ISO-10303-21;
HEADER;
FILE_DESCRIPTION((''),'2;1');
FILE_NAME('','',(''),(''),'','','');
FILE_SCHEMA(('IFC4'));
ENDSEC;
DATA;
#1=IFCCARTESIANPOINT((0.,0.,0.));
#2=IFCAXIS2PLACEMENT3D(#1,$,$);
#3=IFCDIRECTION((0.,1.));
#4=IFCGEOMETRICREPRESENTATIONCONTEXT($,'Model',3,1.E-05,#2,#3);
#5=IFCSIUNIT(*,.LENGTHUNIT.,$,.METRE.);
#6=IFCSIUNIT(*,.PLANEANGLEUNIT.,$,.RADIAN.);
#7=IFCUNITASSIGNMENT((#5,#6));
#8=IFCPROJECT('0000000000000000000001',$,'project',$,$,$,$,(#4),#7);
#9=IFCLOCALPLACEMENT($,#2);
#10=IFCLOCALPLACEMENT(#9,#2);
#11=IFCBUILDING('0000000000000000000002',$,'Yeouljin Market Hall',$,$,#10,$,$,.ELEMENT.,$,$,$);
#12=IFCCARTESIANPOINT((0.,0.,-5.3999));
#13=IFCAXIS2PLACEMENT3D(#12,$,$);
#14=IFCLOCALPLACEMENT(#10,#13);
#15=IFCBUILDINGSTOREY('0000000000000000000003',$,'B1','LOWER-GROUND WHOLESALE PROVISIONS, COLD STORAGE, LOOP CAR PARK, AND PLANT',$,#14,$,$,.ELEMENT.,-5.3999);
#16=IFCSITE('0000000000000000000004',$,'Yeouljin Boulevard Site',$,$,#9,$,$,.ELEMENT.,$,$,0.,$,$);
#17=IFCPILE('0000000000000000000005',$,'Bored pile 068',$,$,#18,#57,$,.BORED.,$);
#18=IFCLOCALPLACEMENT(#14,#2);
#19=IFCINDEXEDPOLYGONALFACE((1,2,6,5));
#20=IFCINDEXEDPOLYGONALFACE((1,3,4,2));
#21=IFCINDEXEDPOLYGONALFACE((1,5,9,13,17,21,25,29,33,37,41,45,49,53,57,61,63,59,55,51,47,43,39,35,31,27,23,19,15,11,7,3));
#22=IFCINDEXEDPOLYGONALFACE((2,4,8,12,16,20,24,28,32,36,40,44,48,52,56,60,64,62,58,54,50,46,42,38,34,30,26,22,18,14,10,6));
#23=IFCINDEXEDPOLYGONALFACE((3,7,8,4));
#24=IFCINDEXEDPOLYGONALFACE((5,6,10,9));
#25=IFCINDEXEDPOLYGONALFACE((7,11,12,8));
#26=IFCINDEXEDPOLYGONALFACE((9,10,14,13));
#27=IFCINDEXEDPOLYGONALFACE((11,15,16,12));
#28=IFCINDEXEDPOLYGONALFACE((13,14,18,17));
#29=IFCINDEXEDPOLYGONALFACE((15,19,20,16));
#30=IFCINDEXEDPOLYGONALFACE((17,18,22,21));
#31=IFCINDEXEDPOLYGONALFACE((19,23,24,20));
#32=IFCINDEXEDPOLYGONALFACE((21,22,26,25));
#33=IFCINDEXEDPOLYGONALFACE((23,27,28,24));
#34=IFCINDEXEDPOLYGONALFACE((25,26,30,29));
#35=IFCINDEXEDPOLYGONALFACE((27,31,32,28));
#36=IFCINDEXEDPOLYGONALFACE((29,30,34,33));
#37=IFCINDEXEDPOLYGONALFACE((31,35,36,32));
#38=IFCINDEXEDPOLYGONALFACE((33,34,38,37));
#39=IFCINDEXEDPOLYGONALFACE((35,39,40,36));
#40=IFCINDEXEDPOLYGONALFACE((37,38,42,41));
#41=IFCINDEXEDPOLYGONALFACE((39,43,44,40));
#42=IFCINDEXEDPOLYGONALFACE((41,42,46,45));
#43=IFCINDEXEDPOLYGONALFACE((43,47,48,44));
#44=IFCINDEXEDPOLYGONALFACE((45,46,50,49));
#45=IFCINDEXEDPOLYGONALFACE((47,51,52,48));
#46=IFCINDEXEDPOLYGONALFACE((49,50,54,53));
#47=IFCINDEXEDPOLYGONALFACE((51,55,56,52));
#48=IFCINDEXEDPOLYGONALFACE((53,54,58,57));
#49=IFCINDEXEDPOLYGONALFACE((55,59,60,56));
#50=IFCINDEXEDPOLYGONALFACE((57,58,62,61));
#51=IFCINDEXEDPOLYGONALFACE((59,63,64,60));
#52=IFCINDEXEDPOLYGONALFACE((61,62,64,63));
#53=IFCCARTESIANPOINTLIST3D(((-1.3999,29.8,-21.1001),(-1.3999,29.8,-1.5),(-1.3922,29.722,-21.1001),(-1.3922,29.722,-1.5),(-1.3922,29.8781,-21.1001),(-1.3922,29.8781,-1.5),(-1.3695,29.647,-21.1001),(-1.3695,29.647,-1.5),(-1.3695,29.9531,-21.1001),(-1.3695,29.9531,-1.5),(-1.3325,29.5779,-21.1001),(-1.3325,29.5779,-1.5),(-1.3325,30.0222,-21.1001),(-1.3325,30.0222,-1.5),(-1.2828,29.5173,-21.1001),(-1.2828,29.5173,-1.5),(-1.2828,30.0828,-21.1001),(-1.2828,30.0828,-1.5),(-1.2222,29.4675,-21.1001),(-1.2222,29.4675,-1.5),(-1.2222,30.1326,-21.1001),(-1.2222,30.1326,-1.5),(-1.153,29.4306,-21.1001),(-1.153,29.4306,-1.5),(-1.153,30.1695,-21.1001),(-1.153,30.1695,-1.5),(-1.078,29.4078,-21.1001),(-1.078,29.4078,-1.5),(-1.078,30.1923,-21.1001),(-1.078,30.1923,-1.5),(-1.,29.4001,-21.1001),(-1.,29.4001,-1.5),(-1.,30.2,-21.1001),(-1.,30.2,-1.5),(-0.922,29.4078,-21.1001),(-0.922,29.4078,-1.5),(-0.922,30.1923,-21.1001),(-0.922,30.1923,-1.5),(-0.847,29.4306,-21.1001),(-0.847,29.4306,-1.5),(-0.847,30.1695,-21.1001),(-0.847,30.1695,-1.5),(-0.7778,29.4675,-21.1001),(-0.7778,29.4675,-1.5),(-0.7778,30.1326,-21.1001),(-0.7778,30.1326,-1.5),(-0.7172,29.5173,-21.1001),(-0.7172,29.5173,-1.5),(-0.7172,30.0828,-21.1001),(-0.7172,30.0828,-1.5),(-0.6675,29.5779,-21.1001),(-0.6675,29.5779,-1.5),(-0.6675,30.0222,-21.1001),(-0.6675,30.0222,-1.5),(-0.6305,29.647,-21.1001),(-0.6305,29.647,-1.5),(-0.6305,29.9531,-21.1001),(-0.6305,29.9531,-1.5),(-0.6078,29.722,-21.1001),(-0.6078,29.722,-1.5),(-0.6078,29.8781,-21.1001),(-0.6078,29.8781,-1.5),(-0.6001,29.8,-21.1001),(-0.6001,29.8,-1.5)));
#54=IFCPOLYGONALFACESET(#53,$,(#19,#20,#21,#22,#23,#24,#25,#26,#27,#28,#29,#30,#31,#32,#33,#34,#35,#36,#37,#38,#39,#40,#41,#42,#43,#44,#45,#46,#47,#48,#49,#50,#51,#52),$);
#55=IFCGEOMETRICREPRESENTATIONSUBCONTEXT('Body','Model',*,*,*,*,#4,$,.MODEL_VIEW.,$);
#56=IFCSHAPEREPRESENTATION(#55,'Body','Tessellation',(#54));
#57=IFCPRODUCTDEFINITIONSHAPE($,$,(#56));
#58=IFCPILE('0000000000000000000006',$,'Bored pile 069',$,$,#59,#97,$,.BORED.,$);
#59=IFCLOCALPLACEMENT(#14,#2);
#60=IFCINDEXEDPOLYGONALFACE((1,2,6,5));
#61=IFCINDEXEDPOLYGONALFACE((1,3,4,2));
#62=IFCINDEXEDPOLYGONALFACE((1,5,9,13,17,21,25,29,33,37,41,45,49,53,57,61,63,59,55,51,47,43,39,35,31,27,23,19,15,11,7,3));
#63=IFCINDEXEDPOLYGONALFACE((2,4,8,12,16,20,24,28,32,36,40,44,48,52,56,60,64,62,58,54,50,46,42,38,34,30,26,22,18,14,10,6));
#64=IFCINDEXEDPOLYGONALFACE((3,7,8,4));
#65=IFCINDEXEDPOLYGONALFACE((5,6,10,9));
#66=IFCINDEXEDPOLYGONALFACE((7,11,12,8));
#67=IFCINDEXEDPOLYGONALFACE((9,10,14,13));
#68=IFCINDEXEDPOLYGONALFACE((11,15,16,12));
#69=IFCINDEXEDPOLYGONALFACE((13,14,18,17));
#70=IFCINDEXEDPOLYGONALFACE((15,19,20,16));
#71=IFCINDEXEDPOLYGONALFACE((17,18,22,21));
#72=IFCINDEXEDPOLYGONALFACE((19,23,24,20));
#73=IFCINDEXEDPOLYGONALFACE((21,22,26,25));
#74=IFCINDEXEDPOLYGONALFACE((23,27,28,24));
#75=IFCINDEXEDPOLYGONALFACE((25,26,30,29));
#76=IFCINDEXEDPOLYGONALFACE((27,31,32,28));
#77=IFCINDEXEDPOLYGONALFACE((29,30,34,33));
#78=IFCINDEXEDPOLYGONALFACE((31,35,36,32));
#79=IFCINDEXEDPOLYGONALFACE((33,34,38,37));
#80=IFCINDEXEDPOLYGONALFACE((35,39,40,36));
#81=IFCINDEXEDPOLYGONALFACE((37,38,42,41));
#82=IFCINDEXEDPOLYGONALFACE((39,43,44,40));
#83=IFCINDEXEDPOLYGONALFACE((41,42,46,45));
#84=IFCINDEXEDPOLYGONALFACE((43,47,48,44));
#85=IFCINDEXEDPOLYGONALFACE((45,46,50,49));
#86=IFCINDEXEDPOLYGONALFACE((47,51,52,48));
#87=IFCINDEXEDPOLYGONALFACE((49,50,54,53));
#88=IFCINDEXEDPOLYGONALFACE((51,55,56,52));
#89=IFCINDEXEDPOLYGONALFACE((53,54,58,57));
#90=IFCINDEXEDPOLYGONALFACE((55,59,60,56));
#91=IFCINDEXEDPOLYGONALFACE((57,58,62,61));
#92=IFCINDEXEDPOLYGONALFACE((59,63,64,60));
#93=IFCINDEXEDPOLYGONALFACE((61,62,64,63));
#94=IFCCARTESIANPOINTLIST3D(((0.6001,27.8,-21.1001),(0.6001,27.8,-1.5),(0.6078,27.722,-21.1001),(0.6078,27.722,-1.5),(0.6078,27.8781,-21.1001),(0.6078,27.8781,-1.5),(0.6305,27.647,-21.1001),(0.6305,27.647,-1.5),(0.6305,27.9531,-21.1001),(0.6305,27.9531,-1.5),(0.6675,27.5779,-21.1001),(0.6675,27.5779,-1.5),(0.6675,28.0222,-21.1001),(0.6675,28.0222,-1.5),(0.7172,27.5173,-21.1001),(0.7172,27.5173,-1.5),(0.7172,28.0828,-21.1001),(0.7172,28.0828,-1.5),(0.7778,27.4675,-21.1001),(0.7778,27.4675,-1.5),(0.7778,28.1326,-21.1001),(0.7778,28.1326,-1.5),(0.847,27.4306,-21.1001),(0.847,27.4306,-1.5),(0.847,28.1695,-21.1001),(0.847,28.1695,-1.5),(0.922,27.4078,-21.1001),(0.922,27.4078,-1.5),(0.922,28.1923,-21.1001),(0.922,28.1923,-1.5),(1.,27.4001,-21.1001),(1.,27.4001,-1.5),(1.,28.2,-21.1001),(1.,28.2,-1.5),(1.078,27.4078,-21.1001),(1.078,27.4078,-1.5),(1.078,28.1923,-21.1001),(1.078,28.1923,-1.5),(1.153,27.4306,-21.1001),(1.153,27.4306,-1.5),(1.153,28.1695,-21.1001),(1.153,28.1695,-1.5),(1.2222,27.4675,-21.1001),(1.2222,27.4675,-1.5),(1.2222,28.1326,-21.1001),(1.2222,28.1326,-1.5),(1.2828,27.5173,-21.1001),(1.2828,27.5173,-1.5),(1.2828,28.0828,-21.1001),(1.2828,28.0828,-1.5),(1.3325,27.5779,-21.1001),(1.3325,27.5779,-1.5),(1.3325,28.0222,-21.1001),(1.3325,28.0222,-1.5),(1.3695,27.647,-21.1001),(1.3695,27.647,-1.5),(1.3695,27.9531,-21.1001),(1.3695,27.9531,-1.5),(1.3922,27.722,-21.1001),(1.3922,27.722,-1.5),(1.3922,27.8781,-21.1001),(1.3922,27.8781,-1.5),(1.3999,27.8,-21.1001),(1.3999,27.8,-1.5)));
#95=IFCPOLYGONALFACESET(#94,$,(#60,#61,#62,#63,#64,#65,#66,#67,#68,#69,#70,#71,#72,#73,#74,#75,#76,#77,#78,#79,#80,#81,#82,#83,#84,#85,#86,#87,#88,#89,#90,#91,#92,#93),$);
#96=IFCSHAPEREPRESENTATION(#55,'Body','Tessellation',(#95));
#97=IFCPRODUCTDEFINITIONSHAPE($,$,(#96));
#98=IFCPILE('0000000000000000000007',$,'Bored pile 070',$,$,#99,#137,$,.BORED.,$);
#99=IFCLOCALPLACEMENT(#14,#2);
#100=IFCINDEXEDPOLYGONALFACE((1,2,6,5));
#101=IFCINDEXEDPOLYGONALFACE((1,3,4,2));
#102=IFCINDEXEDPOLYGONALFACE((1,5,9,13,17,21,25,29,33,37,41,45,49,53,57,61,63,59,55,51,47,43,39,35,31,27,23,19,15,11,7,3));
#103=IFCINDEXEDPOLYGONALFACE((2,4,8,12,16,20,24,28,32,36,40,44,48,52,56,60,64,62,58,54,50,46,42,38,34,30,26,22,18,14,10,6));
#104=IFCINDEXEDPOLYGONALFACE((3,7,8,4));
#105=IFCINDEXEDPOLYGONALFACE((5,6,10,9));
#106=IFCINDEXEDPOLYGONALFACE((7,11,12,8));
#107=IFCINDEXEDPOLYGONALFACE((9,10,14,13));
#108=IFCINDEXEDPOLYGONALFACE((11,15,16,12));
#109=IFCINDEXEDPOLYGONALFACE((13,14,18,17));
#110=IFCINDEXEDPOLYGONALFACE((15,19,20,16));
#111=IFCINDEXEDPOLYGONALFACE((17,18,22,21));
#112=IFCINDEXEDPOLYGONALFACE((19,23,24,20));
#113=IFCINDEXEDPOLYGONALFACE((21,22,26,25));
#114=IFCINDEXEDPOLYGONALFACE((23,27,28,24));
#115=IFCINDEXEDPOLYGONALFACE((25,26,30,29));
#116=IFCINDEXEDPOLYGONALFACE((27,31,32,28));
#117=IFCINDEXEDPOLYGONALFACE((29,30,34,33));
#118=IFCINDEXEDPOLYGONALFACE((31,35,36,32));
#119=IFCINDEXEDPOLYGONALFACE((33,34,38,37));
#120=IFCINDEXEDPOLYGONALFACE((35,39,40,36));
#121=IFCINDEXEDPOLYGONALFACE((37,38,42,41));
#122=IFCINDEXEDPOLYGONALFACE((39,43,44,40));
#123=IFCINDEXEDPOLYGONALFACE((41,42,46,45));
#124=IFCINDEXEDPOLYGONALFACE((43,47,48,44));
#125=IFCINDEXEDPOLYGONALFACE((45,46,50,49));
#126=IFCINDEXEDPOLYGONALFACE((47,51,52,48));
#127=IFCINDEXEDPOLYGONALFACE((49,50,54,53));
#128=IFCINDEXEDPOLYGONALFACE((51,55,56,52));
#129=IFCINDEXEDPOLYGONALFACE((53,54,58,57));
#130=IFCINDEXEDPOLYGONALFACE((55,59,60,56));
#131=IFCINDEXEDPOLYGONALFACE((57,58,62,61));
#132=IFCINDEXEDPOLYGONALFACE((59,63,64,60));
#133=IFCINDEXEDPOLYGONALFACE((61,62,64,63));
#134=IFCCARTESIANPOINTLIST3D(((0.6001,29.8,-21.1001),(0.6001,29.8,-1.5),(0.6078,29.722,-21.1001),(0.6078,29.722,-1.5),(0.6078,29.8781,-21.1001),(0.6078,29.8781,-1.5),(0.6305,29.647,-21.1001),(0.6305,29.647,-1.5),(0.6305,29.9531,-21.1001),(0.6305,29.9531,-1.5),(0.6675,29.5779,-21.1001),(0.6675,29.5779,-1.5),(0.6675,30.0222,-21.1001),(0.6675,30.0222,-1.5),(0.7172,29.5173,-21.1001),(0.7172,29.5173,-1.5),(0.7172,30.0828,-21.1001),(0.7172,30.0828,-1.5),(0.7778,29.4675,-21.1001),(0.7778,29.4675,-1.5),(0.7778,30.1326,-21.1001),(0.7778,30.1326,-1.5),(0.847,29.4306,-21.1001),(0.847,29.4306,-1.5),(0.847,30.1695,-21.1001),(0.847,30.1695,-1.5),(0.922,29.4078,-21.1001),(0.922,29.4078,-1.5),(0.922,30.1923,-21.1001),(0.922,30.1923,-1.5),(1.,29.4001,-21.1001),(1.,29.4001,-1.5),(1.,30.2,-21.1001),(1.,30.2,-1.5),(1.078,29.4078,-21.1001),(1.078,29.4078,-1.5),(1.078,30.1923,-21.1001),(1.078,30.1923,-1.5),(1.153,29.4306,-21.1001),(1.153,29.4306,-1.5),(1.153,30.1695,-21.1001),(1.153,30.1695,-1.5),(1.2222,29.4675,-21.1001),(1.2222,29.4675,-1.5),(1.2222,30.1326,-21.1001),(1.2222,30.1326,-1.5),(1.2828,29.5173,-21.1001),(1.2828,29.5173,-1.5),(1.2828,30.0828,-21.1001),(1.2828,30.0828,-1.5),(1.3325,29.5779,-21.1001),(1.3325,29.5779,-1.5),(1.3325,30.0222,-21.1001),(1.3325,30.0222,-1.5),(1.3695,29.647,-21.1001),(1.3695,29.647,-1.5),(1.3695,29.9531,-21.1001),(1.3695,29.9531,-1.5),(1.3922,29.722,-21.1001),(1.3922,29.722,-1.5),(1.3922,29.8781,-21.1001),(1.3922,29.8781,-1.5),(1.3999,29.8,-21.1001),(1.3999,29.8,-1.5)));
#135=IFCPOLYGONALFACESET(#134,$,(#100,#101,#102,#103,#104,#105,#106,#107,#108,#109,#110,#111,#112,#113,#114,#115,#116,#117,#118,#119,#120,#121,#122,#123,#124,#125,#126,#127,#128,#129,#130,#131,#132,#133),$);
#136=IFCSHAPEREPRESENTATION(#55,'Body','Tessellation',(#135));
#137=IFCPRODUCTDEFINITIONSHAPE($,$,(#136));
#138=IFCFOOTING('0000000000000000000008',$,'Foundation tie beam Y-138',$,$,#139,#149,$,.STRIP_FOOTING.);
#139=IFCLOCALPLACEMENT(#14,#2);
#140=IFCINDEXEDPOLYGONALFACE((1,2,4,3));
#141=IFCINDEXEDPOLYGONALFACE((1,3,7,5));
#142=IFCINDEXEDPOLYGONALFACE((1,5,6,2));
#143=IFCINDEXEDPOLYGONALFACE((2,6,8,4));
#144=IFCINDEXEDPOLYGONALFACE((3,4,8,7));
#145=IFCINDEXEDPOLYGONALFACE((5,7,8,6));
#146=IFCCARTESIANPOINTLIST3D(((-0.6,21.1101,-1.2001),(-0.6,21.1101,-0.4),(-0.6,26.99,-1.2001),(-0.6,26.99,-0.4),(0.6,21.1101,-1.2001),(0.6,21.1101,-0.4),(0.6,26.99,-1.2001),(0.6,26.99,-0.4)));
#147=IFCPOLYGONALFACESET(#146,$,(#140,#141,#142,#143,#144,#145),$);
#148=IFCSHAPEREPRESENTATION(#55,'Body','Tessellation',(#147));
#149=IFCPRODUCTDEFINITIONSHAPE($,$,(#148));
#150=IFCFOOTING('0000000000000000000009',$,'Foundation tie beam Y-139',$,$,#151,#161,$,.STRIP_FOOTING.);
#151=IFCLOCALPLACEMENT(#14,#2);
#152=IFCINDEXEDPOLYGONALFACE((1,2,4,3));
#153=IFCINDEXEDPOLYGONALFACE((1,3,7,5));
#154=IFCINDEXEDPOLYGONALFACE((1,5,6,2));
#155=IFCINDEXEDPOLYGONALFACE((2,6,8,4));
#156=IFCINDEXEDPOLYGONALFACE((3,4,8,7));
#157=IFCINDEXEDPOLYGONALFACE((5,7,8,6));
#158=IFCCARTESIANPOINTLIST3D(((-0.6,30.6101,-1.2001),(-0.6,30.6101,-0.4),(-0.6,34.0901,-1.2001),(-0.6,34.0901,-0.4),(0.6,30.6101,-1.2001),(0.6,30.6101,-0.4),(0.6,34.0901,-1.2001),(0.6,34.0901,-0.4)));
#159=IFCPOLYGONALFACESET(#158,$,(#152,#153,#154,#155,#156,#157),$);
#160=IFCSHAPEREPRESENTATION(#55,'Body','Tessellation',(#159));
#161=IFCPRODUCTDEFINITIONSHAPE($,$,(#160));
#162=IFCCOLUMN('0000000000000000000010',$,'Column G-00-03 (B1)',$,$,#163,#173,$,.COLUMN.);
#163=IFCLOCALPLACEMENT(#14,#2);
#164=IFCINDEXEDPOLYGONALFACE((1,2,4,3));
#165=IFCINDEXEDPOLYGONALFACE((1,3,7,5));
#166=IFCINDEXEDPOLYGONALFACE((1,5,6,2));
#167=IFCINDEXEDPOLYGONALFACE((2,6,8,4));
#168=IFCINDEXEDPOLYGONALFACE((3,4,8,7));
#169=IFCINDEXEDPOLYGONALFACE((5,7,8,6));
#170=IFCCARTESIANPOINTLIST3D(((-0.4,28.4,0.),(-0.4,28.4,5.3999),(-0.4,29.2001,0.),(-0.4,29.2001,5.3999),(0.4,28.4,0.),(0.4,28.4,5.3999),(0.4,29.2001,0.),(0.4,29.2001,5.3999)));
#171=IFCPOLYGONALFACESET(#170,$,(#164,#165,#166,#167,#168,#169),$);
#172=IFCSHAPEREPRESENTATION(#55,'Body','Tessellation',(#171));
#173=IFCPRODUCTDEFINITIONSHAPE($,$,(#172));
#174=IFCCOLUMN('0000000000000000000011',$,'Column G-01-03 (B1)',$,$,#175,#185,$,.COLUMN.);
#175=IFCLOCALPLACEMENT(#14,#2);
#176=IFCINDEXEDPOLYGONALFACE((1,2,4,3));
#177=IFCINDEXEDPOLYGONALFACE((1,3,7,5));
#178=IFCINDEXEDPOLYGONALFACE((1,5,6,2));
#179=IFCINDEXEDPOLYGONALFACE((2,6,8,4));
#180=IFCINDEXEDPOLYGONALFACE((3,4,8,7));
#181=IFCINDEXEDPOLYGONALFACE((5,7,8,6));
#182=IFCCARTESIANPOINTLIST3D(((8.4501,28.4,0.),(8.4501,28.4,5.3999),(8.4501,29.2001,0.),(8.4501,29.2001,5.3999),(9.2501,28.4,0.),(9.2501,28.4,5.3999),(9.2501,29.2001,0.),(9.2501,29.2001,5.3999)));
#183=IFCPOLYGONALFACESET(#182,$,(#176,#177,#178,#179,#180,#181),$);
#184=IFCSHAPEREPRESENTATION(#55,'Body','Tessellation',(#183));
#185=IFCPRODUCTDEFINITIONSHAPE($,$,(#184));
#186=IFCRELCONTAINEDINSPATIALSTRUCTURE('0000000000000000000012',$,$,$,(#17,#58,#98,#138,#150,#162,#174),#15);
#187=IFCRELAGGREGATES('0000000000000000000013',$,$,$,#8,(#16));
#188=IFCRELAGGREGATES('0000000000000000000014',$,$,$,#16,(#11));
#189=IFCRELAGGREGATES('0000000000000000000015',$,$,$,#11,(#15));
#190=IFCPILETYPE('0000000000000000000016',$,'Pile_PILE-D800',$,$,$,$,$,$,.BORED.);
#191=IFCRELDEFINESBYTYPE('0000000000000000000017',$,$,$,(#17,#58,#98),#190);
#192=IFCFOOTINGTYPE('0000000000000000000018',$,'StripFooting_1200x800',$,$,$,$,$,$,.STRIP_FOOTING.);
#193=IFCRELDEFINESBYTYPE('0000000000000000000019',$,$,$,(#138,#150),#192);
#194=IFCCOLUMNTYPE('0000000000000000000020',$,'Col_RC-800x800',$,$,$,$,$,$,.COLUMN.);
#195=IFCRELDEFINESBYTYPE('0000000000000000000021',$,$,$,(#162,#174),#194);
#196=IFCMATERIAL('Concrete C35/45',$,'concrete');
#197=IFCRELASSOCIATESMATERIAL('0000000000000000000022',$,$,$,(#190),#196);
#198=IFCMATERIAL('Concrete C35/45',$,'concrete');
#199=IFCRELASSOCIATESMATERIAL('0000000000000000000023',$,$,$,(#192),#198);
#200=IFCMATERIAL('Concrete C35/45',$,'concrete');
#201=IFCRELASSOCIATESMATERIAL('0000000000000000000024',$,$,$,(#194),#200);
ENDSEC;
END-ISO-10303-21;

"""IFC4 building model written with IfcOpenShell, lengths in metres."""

from ifc_helpers import new_model, si_unit, direction, frame, origin, origin_2d, place, context, subcontext, project, spatial, rectangle, circle, extrude, material, material_profile, profile_set, type_object, element, save


model = new_model("IFC4")

# Units and contexts
model_context = context("Model", 3, precision=1e-05, world=origin(), true_north=direction((0.0, 1.0)))
body_context = subcontext(model_context, "Body", "Model", "MODEL_VIEW")
ifc_project = project(units=[si_unit("LENGTHUNIT", "METRE"), si_unit("PLANEANGLEUNIT", "RADIAN")], contexts=[model_context])

# Site, building, storey
site_placement = place(None, origin())
site = spatial("IfcSite", under=ifc_project, at=site_placement, Name="Yeouljin Boulevard Site", CompositionType="ELEMENT", RefElevation=0.0)
building_placement = place(site_placement, origin())
building = spatial("IfcBuilding", under=site, at=building_placement, Name="Yeouljin Market Hall", CompositionType="ELEMENT")
storey_placement = place(building_placement, frame((0.0, 0.0, -5.3999)))
storey = spatial("IfcBuildingStorey", under=building, at=storey_placement, Name="B1", Description="LOWER-GROUND WHOLESALE PROVISIONS, COLD STORAGE, LOOP CAR PARK, AND PLANT", CompositionType="ELEMENT", Elevation=-5.3999)

# Piles
ifc_material_1 = material(Name="Concrete C35/45", Category="concrete")
ifc_material_profile_1 = material_profile(ifc_material_1, circle(Radius=0.3999, at=origin_2d()), Name="PILE-D800")
ifc_profile_set_1 = profile_set([ifc_material_profile_1], Name="Concrete C35/45")
pile_type_1 = type_object("IfcPileType", Name="Pile_PILE-D800", PredefinedType="BORED", material=ifc_profile_set_1)
for number, where, z_axis, x_axis, name in (
    (1, (-1.0, 29.8, -1.5), (0.0, 0.0, -1.0), (1.0, 0.0, 0.0), "Bored pile 068"),
    (2, (1.0, 27.8, -1.5), (0.0, 0.0, -1.0), (1.0, 0.0, 0.0), "Bored pile 069"),
    (3, (1.0, 29.8, -1.5), (0.0, 0.0, -1.0), (1.0, 0.0, 0.0), "Bored pile 070"),
):
    element("IfcPile", number, at=place(storey_placement, frame(where, z_axis=z_axis, x_axis=x_axis)), inside=storey, type_object=pile_type_1, Name=name, PredefinedType="BORED", context=body_context, shape_type="SweptSolid", body=[
        extrude(circle(Radius=0.3999, at=origin_2d()), origin(), (0.0, 0.0, 1.0), 19.6001),
    ])

# Footings
ifc_material_2 = material(Name="Concrete C35/45", Category="concrete")
ifc_material_profile_2 = material_profile(ifc_material_2, rectangle(XDim=1.2, YDim=0.8, at=origin_2d()), Name="SF-1200x800")
ifc_profile_set_2 = profile_set([ifc_material_profile_2], Name="Concrete C35/45")
footing_type = type_object("IfcFootingType", Name="StripFooting_1200x800", PredefinedType="STRIP_FOOTING", material=ifc_profile_set_2)
footing_1_placement = place(storey_placement, frame((0.0, 21.1101, -0.8), z_axis=(0.0, 1.0, 0.0), x_axis=(-1.0, 0.0, 0.0)))
element("IfcFooting", 4, at=footing_1_placement, inside=storey, type_object=footing_type, Name="Foundation tie beam Y-138", PredefinedType="STRIP_FOOTING", context=body_context, shape_type="SweptSolid", body=[
    extrude(rectangle(XDim=1.2, YDim=0.8, at=origin_2d()), origin(), (0.0, 0.0, 1.0), 5.8799),
])
footing_2_placement = place(storey_placement, frame((0.0, 30.6101, -0.8), z_axis=(0.0, 1.0, 0.0), x_axis=(-1.0, 0.0, 0.0)))
element("IfcFooting", 5, at=footing_2_placement, inside=storey, type_object=footing_type, Name="Foundation tie beam Y-139", PredefinedType="STRIP_FOOTING", context=body_context, shape_type="SweptSolid", body=[
    extrude(rectangle(XDim=1.2, YDim=0.8, at=origin_2d()), origin(), (0.0, 0.0, 1.0), 3.48),
])

# Columns
ifc_material_3 = material(Name="Concrete C35/45", Category="concrete")
ifc_material_profile_3 = material_profile(ifc_material_3, rectangle(XDim=0.8, YDim=0.8, at=origin_2d()), Name="RC-800x800")
ifc_profile_set_3 = profile_set([ifc_material_profile_3], Name="Concrete C35/45")
column_type = type_object("IfcColumnType", Name="Col_RC-800x800", PredefinedType="COLUMN", material=ifc_profile_set_3)
for number, where, z_axis, x_axis, name in (
    (6, (0.0, 28.8, 0.0), (0.0, 0.0, 1.0), (1.0, 0.0, 0.0), "Column G-00-03 (B1)"),
    (7, (8.8501, 28.8, 0.0), (0.0, 0.0, 1.0), (1.0, 0.0, 0.0), "Column G-01-03 (B1)"),
):
    element("IfcColumn", number, at=place(storey_placement, frame(where, z_axis=z_axis, x_axis=x_axis)), inside=storey, type_object=column_type, Name=name, PredefinedType="COLUMN", context=body_context, shape_type="SweptSolid", body=[
        extrude(rectangle(XDim=0.8, YDim=0.8, at=origin_2d()), origin(), (0.0, 0.0, 1.0), 5.3999),
    ])

save(model, "model.ifc")
